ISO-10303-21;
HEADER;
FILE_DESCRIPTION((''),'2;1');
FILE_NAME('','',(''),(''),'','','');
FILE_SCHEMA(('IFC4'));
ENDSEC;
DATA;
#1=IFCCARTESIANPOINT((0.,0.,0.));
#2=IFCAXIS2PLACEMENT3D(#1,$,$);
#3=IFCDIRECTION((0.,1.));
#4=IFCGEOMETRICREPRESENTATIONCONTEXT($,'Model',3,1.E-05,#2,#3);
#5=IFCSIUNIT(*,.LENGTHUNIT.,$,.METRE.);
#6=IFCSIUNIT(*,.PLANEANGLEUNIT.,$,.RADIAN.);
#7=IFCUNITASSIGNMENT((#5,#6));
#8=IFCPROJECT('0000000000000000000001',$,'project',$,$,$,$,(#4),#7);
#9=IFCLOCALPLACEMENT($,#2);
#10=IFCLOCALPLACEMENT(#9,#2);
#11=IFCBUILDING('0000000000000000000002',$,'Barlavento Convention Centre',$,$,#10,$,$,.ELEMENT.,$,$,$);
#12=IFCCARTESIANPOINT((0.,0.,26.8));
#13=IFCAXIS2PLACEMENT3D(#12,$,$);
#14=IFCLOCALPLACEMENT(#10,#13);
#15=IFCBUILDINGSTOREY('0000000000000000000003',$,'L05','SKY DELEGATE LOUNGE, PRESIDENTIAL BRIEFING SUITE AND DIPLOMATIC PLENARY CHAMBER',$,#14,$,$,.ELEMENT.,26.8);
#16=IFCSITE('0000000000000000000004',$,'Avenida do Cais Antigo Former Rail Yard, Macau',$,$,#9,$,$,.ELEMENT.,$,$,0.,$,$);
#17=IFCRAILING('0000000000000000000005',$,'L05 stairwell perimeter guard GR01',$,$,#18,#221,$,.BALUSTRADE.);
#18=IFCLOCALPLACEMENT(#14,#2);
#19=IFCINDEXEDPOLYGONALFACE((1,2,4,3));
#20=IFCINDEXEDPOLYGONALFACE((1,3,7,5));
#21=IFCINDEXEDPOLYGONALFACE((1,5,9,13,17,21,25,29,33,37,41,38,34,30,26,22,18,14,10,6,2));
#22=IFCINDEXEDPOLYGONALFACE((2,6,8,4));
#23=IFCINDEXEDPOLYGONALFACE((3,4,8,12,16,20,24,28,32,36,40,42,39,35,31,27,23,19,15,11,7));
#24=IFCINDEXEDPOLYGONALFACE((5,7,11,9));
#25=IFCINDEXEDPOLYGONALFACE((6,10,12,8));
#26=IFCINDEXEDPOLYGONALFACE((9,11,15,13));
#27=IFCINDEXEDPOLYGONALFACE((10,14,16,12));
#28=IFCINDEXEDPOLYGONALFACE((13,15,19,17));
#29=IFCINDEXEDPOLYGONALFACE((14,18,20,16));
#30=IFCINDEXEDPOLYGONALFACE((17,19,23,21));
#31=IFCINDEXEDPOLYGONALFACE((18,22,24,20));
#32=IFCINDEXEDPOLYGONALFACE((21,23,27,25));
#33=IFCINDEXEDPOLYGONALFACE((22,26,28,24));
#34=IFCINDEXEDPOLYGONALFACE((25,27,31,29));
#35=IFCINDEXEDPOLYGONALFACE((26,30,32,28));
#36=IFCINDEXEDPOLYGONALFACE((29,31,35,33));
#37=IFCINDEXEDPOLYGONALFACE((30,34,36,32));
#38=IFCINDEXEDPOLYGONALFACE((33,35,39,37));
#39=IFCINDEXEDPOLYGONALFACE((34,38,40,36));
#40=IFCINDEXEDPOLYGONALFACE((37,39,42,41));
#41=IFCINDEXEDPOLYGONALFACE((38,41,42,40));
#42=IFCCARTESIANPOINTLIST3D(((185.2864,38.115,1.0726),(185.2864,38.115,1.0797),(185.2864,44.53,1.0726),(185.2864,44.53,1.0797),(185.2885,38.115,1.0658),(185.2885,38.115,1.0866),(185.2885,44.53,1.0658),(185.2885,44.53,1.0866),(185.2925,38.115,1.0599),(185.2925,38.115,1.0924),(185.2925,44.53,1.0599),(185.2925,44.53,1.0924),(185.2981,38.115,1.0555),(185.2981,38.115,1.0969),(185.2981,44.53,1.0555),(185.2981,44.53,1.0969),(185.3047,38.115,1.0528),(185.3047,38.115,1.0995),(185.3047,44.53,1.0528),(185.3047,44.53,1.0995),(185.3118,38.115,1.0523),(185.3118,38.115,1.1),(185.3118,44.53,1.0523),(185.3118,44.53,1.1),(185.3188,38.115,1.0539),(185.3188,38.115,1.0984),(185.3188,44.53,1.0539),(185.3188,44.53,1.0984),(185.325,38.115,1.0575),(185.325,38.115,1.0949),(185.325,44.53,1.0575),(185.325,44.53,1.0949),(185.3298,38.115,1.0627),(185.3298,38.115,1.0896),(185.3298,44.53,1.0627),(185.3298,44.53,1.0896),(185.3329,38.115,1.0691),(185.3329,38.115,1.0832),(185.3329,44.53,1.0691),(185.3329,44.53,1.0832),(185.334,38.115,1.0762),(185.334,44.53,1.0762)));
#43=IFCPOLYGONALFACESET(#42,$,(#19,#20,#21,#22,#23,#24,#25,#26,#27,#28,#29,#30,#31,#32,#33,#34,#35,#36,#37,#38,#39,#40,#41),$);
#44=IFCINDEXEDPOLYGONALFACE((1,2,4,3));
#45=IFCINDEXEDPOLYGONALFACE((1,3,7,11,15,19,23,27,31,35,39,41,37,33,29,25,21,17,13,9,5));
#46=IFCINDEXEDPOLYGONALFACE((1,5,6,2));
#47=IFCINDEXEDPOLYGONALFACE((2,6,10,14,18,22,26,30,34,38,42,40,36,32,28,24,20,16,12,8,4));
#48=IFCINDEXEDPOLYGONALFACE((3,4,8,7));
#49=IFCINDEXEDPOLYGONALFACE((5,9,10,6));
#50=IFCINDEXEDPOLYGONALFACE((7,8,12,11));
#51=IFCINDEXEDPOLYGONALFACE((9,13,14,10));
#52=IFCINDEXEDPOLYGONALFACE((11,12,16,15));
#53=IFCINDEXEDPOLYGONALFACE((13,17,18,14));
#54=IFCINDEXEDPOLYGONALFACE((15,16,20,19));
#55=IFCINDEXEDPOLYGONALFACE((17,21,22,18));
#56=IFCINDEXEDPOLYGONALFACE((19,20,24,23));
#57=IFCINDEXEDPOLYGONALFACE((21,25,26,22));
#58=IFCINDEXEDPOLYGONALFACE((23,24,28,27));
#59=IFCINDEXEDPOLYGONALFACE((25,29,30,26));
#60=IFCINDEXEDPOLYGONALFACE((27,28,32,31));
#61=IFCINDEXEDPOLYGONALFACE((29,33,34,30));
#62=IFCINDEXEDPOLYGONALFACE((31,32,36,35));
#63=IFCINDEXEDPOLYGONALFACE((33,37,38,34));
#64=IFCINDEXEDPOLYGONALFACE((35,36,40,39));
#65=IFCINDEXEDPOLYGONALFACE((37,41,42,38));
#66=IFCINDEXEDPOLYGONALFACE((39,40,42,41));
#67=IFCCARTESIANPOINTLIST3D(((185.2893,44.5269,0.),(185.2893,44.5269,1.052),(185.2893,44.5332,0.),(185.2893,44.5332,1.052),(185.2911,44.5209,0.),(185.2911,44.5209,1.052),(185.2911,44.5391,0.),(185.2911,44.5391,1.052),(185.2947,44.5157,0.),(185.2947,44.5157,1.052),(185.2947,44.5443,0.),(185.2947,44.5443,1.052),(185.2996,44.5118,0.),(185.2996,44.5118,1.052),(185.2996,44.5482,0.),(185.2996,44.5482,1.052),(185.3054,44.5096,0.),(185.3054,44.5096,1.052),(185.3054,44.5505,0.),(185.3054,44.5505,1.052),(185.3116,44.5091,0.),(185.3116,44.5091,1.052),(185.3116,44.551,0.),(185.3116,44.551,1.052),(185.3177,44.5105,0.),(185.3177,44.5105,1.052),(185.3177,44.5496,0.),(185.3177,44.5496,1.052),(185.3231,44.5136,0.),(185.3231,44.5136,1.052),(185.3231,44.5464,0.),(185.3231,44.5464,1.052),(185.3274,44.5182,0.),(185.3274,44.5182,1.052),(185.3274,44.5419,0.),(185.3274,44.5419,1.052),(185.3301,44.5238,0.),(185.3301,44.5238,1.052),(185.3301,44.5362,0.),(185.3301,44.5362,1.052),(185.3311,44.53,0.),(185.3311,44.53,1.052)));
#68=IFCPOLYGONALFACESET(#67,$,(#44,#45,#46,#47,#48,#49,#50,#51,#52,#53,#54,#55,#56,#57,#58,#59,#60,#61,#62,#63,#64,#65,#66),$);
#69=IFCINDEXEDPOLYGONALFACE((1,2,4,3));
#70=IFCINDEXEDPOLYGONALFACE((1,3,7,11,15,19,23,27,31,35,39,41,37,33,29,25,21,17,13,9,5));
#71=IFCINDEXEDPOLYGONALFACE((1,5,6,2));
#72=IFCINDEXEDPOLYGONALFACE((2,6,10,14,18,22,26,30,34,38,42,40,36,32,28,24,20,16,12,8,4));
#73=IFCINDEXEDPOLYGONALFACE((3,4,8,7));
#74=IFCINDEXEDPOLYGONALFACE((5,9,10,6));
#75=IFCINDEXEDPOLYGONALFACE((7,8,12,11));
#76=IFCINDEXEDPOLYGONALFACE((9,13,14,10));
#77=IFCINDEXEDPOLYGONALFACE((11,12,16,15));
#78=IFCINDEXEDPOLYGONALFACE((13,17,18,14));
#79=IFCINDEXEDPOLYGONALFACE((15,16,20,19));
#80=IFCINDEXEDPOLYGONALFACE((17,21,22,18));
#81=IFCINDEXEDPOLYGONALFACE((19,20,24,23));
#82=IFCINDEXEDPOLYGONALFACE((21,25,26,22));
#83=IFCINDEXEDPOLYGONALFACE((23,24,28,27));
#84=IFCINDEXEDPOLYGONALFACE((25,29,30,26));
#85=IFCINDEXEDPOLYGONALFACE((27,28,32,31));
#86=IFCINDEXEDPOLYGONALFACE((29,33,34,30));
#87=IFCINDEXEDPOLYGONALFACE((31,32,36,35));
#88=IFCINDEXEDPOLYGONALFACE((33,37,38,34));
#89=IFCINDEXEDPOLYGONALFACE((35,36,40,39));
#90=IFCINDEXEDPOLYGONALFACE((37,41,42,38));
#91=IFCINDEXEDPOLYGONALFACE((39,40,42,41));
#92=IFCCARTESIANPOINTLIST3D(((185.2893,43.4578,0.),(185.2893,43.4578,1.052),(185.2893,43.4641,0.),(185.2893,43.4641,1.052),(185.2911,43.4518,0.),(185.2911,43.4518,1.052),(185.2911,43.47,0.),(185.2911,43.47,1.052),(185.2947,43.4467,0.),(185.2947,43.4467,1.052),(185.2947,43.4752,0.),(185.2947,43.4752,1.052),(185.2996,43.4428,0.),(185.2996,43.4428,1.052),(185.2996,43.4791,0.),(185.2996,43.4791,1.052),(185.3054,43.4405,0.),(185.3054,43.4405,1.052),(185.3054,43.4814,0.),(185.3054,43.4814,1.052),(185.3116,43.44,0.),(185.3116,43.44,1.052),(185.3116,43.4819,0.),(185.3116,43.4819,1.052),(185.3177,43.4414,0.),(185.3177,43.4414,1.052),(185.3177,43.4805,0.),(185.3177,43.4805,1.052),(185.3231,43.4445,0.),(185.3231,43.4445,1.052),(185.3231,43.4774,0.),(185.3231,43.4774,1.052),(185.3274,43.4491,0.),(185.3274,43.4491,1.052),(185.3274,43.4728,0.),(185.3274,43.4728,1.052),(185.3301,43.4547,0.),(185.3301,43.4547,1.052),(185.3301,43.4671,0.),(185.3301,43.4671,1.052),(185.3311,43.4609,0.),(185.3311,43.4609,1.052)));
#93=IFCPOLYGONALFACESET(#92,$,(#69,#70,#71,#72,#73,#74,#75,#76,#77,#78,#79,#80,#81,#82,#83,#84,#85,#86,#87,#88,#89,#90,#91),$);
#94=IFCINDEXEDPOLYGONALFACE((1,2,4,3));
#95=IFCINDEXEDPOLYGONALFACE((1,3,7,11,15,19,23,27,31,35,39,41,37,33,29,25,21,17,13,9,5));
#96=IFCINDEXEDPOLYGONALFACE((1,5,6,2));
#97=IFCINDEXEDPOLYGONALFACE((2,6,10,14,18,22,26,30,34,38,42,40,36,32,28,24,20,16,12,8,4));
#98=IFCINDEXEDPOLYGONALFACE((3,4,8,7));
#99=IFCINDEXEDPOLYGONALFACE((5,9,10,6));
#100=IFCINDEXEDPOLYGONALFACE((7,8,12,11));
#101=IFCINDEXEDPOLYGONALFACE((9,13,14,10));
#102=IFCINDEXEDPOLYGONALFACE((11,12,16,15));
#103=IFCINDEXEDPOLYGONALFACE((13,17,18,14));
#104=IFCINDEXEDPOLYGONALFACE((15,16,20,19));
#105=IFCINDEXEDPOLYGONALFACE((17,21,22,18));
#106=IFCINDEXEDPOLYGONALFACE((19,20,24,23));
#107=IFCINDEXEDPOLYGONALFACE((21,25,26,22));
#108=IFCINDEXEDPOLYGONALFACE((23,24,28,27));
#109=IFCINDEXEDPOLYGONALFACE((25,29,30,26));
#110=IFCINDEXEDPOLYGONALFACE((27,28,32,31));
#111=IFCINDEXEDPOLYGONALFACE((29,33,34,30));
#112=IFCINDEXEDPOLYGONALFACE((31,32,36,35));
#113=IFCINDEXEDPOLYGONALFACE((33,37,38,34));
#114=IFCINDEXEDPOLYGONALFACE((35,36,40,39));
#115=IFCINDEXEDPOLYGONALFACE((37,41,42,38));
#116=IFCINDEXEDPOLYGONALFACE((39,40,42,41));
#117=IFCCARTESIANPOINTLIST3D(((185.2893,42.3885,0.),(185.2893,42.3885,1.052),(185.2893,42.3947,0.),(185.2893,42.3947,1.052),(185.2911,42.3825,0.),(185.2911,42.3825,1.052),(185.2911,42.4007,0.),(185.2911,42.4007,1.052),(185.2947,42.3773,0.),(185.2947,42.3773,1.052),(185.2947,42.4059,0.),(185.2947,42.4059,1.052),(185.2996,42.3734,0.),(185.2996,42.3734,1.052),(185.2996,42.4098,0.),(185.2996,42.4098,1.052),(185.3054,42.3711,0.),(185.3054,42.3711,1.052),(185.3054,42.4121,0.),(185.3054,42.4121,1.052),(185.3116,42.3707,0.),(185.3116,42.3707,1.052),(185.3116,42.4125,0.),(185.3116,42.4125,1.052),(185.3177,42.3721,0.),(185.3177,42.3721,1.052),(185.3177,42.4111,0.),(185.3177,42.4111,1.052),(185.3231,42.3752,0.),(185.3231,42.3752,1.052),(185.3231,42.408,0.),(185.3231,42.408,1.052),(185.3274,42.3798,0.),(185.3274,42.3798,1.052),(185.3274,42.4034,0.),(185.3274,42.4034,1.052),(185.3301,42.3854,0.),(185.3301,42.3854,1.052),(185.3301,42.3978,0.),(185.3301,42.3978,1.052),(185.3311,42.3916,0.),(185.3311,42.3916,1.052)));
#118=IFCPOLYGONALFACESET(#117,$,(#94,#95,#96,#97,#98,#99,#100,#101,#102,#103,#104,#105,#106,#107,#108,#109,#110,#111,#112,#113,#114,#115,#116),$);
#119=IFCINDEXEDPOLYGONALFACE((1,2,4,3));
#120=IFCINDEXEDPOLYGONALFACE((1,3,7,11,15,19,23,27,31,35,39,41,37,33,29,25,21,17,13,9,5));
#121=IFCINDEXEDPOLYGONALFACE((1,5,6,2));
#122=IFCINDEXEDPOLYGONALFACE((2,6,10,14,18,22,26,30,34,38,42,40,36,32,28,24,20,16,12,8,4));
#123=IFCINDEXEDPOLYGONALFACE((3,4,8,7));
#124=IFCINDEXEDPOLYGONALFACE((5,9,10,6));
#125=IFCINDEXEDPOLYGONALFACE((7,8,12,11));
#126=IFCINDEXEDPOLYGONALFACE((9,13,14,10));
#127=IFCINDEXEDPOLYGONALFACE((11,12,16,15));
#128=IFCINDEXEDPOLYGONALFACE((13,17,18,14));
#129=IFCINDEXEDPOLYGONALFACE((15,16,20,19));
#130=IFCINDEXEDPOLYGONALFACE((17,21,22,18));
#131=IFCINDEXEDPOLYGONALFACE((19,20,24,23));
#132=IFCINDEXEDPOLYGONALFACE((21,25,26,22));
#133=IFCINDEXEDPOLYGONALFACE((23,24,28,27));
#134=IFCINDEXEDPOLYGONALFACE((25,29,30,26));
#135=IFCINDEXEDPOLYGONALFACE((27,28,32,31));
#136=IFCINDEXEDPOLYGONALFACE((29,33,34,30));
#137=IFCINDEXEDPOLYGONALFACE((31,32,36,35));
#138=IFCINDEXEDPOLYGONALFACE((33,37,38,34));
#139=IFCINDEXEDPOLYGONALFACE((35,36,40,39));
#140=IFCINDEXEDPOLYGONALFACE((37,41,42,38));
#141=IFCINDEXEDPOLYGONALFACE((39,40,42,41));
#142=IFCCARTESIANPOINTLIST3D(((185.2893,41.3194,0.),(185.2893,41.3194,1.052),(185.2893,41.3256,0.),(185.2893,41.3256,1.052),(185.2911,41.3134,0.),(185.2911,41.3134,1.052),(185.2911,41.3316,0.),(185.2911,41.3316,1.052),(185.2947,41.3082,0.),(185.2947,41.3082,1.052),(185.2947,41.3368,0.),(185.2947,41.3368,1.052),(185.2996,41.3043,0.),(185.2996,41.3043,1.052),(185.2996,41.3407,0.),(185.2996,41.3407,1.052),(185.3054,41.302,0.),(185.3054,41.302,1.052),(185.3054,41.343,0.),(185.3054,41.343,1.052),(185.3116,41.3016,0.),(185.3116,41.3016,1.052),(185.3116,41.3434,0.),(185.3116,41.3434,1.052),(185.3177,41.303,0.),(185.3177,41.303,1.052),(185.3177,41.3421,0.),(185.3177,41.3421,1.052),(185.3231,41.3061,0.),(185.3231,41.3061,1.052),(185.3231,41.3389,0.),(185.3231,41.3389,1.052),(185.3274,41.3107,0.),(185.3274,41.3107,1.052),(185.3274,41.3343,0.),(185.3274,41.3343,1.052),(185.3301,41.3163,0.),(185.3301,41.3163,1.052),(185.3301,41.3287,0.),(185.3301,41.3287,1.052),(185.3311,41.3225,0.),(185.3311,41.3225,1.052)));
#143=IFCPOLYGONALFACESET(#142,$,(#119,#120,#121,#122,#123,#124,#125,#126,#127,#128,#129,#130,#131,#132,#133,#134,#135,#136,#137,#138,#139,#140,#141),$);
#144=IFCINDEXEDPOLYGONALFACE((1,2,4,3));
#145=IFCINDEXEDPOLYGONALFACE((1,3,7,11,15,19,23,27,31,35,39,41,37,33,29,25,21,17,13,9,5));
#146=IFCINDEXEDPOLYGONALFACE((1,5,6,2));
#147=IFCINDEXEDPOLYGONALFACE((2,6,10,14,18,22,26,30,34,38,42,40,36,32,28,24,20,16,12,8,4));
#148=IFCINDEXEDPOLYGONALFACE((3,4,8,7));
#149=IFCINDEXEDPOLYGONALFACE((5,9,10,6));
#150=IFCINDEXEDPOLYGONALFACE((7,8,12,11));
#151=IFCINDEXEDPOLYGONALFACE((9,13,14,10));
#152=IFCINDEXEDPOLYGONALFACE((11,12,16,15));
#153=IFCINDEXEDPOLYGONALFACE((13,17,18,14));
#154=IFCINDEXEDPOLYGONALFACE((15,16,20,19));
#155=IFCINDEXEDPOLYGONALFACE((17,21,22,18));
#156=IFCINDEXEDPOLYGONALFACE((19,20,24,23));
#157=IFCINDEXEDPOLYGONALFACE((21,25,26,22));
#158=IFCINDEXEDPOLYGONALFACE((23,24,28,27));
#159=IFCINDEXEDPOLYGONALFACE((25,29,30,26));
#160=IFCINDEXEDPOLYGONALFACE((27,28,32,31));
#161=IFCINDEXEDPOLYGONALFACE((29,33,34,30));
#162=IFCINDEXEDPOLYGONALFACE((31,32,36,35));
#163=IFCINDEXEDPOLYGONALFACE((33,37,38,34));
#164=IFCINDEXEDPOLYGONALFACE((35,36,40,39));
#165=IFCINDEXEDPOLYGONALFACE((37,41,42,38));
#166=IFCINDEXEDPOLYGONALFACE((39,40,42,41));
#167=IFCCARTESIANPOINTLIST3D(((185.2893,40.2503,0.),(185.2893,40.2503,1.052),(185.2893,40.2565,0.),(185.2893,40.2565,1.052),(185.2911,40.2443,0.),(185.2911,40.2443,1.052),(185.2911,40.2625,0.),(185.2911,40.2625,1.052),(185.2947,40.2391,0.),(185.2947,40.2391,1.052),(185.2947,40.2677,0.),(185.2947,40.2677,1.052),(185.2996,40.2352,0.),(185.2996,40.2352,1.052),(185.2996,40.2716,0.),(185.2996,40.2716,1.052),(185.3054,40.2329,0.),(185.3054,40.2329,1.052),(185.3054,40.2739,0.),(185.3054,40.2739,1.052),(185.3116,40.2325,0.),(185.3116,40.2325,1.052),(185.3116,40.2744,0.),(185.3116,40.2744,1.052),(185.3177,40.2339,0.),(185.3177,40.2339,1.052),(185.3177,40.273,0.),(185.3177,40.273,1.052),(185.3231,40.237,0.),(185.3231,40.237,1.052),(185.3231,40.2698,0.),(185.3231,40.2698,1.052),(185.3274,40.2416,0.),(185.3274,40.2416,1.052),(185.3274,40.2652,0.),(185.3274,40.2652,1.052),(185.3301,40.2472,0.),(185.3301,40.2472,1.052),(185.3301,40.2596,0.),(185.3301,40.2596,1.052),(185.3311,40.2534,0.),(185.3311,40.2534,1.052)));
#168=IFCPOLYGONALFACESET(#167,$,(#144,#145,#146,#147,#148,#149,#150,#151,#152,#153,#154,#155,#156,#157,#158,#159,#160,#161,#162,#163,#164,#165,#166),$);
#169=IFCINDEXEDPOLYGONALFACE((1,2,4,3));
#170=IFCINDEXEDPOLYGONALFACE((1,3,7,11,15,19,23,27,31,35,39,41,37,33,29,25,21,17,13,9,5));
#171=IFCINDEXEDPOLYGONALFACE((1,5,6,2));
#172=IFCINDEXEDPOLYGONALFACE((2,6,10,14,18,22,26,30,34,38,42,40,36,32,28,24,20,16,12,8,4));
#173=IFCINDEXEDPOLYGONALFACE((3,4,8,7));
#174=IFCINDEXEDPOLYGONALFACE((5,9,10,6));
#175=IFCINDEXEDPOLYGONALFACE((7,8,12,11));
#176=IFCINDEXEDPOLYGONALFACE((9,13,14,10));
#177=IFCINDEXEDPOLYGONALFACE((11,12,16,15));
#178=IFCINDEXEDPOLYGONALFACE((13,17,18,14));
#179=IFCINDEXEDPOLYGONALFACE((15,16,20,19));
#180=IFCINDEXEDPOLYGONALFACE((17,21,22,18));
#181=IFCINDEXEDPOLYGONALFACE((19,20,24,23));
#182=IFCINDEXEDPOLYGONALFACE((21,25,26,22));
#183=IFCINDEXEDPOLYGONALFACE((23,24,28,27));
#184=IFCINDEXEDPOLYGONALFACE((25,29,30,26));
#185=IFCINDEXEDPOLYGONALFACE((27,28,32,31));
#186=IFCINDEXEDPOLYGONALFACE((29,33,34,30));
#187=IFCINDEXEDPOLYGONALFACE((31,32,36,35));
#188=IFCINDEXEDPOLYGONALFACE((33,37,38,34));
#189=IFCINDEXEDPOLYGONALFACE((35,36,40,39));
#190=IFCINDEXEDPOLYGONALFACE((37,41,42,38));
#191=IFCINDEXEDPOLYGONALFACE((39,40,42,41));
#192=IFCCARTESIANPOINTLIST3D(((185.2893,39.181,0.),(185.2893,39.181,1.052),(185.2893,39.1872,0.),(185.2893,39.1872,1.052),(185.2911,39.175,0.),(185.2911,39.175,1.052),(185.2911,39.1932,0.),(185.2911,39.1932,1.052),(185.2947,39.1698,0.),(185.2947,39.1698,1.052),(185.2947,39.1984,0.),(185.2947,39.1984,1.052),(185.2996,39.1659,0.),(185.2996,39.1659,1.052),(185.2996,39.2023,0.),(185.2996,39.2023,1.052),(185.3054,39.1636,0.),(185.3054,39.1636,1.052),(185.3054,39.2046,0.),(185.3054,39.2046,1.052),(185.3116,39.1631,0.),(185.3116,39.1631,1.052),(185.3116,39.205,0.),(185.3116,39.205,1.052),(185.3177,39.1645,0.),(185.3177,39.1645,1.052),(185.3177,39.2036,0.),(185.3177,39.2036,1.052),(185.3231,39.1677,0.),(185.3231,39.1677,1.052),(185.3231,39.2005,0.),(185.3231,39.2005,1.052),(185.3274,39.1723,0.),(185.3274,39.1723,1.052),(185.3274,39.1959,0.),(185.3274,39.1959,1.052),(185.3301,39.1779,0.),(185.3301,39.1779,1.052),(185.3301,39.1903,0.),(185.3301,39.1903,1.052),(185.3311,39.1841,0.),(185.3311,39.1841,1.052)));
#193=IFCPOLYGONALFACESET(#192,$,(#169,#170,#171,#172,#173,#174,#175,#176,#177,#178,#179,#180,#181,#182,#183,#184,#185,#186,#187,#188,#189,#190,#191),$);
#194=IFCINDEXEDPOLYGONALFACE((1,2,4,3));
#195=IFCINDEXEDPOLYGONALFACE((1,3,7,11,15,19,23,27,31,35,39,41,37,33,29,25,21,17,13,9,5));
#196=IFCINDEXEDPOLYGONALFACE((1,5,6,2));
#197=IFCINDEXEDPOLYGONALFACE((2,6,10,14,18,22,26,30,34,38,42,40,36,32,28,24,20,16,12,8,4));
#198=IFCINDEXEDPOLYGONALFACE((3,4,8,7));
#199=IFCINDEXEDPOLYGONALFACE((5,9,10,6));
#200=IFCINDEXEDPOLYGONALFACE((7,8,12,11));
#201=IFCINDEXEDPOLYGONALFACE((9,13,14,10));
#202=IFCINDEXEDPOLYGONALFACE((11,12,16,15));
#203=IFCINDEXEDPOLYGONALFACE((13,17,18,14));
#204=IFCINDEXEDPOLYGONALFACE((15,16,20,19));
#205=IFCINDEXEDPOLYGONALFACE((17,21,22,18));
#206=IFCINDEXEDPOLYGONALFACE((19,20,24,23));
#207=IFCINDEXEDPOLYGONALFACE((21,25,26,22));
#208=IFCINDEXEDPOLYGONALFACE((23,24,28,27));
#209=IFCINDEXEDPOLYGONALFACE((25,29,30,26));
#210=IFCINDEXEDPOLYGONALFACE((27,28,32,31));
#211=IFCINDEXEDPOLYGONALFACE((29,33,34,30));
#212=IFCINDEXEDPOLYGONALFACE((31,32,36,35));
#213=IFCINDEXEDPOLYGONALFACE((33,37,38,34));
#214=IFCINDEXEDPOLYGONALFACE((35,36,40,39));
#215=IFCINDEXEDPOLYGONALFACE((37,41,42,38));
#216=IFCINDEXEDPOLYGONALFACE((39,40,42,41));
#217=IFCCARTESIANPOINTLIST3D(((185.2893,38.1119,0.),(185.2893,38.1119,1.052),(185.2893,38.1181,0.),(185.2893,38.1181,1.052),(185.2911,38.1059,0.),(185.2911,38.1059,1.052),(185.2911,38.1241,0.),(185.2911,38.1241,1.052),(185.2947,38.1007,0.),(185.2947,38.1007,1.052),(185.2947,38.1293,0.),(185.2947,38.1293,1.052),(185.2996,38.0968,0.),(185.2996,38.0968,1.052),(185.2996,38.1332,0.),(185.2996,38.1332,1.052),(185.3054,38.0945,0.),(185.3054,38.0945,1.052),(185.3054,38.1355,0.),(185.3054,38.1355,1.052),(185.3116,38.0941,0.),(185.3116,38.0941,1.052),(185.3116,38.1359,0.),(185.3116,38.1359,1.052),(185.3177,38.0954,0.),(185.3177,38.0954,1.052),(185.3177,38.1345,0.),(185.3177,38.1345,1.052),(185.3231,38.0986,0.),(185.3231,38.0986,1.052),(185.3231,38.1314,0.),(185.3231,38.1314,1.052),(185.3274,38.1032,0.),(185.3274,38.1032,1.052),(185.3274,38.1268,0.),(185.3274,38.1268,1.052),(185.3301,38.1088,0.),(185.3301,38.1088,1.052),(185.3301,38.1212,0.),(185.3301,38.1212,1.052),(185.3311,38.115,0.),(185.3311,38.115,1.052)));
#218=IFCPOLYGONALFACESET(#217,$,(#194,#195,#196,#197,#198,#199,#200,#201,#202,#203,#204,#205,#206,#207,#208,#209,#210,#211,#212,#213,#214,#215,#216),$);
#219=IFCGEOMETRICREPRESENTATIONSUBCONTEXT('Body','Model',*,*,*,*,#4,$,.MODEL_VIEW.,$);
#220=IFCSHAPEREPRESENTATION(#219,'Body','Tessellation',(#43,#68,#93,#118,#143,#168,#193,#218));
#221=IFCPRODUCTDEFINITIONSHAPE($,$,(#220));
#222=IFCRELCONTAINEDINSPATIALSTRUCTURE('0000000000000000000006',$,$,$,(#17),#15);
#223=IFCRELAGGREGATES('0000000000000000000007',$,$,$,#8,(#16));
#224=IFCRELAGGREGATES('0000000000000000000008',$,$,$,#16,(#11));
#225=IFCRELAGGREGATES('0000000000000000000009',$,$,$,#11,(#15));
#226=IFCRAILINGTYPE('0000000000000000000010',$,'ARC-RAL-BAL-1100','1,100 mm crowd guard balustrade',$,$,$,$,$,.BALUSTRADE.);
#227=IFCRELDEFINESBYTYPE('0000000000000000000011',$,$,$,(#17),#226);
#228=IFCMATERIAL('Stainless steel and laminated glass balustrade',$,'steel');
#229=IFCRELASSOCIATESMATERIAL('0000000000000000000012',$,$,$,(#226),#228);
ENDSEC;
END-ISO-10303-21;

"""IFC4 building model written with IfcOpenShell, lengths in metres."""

from ifc_helpers import new_model, si_unit, direction, frame, origin, origin_2d, place, context, subcontext, project, spatial, circle, extrude, material, type_object, element, save


model = new_model("IFC4")

# Units and contexts
model_context = context("Model", 3, precision=1e-05, world=origin(), true_north=direction((0.0, 1.0)))
body_context = subcontext(model_context, "Body", "Model", "MODEL_VIEW")
ifc_project = project(units=[si_unit("LENGTHUNIT", "METRE"), si_unit("PLANEANGLEUNIT", "RADIAN")], contexts=[model_context])

# Site, building, storey
site_placement = place(None, origin())
site = spatial("IfcSite", under=ifc_project, at=site_placement, Name="Avenida do Cais Antigo Former Rail Yard, Macau", CompositionType="ELEMENT", RefElevation=0.0)
building_placement = place(site_placement, origin())
building = spatial("IfcBuilding", under=site, at=building_placement, Name="Barlavento Convention Centre", CompositionType="ELEMENT")
storey_placement = place(building_placement, frame((0.0, 0.0, 26.8)))
storey = spatial("IfcBuildingStorey", under=building, at=storey_placement, Name="L05", Description="SKY DELEGATE LOUNGE, PRESIDENTIAL BRIEFING SUITE AND DIPLOMATIC PLENARY CHAMBER", CompositionType="ELEMENT", Elevation=26.8)

# Railing
ifc_material_1 = material(Name="Stainless steel and laminated glass balustrade", Category="steel")
railing_type = type_object("IfcRailingType", Name="ARC-RAL-BAL-1100", Description="1,100 mm crowd guard balustrade", PredefinedType="BALUSTRADE", material=ifc_material_1)
railing_1_placement = place(storey_placement, frame((185.3101, 44.53, 0.0)))
element("IfcRailing", 1, at=railing_1_placement, inside=storey, type_object=railing_type, Name="L05 stairwell perimeter guard GR01", PredefinedType="BALUSTRADE", context=body_context, shape_type="SweptSolid", body=[
    extrude(circle(Radius=0.0239, at=origin_2d()), frame((0.0, 0.0, 1.0762), z_axis=(0.0, -1.0, 0.0), x_axis=(1.0, 0.0, 0.0)), (0.0, 0.0, 1.0), 6.415),
    extrude(circle(Radius=0.021, at=origin_2d()), origin(), (0.0, 0.0, 1.0), 1.052),
    extrude(circle(Radius=0.021, at=origin_2d()), frame((0.0, -1.0691, 0.0)), (0.0, 0.0, 1.0), 1.052),
    extrude(circle(Radius=0.021, at=origin_2d()), frame((0.0, -2.1384, 0.0)), (0.0, 0.0, 1.0), 1.052),
    extrude(circle(Radius=0.021, at=origin_2d()), frame((0.0, -3.2075, 0.0)), (0.0, 0.0, 1.0), 1.052),
    extrude(circle(Radius=0.021, at=origin_2d()), frame((0.0, -4.2766, 0.0)), (0.0, 0.0, 1.0), 1.052),
    extrude(circle(Radius=0.021, at=origin_2d()), frame((0.0, -5.3459, 0.0)), (0.0, 0.0, 1.0), 1.052),
    extrude(circle(Radius=0.021, at=origin_2d()), frame((0.0, -6.415, 0.0)), (0.0, 0.0, 1.0), 1.052),
])

save(model, "model.ifc")
